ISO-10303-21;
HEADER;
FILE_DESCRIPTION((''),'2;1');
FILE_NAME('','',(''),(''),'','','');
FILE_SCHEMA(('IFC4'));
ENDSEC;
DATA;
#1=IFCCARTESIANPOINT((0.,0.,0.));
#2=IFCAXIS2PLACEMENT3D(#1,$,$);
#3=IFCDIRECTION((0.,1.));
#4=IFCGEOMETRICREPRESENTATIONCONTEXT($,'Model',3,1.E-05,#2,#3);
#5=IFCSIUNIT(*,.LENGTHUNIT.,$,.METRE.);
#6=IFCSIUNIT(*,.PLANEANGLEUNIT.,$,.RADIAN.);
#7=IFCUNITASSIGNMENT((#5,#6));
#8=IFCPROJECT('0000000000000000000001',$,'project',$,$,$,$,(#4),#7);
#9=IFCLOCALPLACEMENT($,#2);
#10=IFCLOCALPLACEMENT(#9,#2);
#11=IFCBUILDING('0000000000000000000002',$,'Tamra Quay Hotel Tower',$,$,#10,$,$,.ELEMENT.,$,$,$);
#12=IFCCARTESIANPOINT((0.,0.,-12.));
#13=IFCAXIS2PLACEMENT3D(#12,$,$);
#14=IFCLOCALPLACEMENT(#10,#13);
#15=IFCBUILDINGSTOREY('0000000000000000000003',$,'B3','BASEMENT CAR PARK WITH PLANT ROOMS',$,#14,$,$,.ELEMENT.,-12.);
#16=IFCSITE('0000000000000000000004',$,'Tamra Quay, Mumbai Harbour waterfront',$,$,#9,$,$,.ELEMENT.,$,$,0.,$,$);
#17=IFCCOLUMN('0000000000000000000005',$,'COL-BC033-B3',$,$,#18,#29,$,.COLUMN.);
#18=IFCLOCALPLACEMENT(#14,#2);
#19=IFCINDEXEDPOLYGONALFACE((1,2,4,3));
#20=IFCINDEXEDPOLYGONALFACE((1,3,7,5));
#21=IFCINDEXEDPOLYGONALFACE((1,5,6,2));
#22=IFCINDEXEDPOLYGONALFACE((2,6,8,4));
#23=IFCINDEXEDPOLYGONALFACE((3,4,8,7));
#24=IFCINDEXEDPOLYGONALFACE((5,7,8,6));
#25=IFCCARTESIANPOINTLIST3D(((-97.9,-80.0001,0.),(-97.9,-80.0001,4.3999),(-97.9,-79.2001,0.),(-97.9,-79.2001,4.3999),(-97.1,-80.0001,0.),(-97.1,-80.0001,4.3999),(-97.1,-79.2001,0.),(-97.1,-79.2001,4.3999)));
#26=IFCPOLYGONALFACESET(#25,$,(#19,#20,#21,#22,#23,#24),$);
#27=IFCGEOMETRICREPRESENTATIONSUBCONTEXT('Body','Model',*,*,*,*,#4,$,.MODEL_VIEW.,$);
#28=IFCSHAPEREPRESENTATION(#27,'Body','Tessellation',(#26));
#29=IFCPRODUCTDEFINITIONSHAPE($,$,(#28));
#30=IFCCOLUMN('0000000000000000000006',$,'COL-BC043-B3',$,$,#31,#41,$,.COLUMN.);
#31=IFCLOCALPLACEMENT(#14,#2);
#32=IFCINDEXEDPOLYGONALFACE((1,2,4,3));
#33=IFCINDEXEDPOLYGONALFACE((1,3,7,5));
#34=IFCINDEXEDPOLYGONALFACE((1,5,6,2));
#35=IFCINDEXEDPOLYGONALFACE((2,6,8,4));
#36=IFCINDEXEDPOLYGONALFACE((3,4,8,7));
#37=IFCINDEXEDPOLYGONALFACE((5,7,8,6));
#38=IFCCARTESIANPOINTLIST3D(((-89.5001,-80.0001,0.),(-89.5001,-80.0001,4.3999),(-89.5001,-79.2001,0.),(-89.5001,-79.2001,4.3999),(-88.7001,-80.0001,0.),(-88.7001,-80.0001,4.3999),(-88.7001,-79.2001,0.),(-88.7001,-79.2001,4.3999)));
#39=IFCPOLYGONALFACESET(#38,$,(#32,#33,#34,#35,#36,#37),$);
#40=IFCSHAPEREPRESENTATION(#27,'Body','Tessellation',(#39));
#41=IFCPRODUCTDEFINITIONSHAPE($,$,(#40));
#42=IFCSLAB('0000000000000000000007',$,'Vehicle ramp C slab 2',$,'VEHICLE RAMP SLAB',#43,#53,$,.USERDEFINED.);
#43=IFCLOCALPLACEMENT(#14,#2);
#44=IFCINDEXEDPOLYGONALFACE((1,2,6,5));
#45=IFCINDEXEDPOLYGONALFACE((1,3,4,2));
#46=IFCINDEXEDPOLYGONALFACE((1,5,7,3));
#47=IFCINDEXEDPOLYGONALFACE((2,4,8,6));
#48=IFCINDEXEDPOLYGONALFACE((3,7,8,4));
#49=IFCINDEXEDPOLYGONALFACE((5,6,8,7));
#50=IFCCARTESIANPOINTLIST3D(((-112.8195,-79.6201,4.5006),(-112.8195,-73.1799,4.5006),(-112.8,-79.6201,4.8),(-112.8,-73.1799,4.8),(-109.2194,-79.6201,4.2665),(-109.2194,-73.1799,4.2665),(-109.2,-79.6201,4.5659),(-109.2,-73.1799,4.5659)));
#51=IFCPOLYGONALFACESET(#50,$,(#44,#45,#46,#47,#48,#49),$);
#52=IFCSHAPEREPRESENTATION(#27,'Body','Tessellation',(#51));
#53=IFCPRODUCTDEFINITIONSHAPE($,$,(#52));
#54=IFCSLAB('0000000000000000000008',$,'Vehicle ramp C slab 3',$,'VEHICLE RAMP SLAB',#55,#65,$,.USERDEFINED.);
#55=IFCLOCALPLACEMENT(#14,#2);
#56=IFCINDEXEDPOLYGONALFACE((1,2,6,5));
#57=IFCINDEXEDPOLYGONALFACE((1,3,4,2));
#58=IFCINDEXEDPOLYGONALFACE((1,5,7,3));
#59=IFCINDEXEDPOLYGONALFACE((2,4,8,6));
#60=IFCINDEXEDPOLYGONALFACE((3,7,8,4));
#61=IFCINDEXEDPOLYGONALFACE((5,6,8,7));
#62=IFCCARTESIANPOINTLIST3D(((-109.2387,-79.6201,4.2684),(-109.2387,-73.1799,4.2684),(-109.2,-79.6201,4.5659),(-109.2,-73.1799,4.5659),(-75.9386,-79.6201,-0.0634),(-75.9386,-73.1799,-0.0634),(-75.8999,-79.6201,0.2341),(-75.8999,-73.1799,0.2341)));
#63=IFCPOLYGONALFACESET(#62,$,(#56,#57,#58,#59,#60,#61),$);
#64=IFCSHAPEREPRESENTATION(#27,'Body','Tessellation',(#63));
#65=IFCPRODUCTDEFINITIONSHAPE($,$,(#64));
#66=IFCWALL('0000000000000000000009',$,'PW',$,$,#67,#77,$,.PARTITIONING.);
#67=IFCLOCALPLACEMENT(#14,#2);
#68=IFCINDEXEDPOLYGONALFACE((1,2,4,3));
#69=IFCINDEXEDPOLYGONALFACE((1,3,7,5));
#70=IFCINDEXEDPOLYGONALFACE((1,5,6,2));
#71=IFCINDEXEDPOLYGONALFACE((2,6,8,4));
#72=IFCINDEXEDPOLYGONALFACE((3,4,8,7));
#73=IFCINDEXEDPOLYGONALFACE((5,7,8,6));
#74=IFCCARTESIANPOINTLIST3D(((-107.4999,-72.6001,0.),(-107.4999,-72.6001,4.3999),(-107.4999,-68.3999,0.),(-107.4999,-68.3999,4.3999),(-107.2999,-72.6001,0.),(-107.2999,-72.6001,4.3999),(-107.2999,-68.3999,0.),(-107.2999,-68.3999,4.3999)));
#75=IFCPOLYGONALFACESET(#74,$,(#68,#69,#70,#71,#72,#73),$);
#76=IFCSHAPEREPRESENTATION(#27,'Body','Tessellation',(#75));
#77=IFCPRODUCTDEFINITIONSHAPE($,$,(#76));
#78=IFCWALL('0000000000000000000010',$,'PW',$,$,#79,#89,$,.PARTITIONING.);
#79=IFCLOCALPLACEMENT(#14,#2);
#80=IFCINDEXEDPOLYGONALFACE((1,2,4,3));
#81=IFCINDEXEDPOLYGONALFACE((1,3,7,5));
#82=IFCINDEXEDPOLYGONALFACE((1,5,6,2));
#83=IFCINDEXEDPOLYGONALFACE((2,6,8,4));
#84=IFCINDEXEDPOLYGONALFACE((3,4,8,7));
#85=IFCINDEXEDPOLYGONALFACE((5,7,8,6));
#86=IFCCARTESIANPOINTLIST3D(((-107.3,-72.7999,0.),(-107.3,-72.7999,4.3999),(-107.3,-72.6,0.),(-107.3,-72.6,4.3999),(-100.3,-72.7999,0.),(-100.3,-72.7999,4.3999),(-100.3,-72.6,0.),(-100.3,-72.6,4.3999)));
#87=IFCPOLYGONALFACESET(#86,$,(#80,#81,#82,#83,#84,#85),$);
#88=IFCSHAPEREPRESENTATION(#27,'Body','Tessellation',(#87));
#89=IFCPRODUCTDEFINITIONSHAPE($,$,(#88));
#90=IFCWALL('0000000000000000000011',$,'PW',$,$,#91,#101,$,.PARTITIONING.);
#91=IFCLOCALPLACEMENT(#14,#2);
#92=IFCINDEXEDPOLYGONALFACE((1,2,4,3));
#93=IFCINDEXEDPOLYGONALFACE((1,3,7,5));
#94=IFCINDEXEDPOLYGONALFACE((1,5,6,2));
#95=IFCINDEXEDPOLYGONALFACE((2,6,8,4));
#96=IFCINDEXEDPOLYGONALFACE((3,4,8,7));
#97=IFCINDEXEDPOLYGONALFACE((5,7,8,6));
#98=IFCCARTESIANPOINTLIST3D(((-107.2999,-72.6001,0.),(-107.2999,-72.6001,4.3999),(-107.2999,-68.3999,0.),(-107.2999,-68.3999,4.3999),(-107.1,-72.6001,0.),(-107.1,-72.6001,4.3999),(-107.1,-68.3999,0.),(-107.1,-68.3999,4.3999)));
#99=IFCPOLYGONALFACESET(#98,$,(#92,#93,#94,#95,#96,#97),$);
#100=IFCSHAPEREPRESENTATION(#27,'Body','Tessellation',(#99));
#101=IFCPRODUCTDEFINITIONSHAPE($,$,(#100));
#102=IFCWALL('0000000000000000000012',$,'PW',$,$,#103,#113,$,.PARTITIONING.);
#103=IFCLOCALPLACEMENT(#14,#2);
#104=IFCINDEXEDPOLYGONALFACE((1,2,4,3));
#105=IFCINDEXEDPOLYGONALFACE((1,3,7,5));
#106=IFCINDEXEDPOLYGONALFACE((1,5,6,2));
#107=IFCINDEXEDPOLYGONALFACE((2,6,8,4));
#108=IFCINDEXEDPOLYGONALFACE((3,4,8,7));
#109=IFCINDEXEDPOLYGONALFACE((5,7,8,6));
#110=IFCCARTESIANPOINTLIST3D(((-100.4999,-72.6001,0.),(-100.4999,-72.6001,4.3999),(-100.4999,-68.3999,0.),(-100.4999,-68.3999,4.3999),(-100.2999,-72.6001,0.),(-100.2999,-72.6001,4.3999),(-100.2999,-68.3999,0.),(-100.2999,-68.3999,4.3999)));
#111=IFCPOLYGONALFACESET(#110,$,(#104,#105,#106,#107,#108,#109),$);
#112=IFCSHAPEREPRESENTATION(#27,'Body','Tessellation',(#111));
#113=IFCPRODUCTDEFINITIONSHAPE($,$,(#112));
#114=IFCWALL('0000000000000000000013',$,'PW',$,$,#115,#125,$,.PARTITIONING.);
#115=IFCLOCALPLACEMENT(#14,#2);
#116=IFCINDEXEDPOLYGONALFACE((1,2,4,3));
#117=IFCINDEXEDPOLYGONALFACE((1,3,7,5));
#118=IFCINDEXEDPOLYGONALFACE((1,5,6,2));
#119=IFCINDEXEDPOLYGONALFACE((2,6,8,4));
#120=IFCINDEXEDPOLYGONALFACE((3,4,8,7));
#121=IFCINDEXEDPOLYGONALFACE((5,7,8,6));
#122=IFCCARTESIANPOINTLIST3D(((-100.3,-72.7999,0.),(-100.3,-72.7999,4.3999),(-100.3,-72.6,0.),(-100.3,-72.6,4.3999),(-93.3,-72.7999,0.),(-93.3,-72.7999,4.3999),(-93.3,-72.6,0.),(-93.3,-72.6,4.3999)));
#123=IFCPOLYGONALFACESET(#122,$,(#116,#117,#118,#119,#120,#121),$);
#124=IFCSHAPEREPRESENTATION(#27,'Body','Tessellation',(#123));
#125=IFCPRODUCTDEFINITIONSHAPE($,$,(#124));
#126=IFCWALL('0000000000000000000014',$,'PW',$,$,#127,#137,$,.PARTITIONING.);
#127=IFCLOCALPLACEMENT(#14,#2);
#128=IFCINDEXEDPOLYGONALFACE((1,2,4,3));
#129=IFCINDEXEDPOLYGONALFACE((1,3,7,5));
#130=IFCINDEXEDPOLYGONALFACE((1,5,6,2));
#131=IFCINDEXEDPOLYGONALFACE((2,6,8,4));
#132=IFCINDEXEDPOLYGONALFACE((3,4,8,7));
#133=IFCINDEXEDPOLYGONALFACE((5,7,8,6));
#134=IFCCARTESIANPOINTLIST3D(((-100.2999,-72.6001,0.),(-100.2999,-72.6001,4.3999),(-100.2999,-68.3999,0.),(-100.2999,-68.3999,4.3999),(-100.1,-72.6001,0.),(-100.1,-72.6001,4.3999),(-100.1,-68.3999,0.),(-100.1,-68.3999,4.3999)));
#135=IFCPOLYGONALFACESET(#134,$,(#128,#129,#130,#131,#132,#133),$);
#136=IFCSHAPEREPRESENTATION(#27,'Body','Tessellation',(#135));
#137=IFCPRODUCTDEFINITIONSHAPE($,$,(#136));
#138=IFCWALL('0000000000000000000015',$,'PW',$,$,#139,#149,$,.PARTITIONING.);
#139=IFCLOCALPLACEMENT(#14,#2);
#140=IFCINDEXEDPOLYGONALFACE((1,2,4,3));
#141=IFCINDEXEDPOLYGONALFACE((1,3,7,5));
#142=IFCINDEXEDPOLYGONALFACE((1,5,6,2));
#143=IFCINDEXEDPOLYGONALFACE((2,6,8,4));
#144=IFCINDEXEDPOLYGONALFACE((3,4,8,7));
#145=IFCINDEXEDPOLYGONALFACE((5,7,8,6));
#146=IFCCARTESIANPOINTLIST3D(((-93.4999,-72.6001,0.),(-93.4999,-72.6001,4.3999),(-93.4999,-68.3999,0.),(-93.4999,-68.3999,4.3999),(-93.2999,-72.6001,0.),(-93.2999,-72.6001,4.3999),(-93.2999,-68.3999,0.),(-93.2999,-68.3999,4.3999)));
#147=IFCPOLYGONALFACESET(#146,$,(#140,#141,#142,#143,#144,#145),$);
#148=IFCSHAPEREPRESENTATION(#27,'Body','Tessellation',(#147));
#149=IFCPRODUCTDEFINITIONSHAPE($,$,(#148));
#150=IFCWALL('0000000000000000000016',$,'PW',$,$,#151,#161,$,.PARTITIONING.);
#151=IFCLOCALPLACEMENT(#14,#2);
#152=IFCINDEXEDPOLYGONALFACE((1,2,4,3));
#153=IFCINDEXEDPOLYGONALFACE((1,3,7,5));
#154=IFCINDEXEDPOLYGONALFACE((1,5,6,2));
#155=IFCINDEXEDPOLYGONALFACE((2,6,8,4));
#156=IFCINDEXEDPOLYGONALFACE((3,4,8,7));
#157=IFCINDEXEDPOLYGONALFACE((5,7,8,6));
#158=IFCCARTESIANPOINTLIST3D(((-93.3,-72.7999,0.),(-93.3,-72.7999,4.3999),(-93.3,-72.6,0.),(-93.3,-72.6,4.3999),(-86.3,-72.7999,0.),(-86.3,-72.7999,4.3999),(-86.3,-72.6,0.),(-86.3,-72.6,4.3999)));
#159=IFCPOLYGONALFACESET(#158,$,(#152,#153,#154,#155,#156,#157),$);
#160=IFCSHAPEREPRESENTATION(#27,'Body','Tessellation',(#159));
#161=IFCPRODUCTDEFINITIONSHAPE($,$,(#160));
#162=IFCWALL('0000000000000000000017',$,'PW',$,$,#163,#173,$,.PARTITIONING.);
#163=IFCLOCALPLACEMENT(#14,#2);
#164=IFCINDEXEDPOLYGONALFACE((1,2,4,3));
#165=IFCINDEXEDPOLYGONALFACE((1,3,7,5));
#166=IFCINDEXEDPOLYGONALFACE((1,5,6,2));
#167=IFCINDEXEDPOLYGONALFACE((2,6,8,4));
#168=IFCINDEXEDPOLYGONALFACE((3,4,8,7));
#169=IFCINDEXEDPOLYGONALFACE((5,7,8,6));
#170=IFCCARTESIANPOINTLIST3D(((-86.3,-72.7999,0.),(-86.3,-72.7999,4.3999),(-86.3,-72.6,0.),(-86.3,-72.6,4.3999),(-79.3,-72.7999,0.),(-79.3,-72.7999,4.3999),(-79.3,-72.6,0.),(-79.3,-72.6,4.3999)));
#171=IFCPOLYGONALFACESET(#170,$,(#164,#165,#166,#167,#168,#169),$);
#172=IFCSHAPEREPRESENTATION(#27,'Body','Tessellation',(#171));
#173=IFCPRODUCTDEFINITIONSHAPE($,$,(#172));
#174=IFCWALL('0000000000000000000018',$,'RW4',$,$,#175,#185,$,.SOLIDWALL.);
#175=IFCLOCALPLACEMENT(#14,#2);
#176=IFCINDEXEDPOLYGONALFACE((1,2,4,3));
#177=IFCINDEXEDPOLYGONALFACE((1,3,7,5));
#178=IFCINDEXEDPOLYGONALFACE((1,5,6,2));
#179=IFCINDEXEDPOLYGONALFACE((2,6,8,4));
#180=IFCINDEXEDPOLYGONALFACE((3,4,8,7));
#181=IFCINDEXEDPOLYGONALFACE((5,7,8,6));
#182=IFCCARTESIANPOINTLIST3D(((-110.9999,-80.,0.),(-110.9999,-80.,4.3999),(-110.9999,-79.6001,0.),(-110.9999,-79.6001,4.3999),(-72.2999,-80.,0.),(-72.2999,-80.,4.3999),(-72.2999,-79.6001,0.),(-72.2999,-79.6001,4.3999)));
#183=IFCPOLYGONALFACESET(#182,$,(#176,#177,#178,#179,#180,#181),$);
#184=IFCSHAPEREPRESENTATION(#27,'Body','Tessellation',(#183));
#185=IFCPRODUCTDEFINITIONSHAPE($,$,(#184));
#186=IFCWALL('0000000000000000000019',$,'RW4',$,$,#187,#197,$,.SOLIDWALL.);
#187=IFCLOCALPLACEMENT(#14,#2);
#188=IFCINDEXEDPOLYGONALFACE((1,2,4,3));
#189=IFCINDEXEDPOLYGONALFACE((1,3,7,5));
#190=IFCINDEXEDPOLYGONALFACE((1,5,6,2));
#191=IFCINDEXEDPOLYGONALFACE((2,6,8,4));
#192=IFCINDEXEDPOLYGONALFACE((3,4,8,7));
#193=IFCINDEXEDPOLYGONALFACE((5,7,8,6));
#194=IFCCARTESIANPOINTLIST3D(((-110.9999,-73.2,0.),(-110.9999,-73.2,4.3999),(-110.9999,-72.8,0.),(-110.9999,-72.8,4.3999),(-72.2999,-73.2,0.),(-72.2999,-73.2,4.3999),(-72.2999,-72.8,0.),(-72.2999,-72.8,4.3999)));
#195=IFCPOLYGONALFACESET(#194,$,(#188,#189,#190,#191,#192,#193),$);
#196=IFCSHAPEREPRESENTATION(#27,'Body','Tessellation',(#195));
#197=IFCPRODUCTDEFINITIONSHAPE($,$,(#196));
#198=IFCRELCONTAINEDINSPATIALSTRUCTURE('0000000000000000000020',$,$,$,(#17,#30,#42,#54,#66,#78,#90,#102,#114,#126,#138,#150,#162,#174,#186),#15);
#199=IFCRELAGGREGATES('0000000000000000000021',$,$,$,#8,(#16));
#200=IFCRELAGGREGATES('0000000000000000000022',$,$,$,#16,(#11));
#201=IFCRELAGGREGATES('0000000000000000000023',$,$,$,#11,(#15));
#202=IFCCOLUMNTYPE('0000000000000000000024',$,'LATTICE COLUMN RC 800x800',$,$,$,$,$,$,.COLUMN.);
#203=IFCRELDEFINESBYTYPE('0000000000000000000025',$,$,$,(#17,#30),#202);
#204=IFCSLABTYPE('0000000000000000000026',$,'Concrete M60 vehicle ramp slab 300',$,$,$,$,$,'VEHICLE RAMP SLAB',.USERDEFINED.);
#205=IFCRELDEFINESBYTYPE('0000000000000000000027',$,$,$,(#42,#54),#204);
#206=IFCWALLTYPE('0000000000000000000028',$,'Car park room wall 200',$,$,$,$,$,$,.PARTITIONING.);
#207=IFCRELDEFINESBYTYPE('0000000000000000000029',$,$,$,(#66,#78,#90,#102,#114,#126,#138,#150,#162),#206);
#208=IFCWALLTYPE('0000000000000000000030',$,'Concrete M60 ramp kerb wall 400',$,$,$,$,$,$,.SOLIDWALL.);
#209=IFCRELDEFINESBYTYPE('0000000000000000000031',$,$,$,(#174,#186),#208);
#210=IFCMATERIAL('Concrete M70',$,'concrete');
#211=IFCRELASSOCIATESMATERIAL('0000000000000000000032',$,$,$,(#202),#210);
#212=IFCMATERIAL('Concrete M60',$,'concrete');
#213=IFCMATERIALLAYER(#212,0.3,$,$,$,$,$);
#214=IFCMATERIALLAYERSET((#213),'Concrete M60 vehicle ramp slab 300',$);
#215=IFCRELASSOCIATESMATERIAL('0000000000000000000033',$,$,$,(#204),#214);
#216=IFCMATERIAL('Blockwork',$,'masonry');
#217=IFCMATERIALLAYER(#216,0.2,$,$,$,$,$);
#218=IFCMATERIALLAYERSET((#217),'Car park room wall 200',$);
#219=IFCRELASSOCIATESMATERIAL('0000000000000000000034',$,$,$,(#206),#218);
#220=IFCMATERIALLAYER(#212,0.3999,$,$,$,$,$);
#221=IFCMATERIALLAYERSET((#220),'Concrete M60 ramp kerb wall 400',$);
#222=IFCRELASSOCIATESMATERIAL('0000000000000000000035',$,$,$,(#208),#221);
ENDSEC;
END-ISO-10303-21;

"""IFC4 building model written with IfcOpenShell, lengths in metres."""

from ifc_helpers import new_model, si_unit, direction, frame, frame_2d, origin, origin_2d, place, context, subcontext, project, spatial, polyline, rectangle, outline, extrude, material, layer, layer_set, material_profile, profile_set, type_object, element, save


model = new_model("IFC4")

# Units and contexts
model_context = context("Model", 3, precision=1e-05, world=origin(), true_north=direction((0.0, 1.0)))
body_context = subcontext(model_context, "Body", "Model", "MODEL_VIEW")
ifc_project = project(units=[si_unit("LENGTHUNIT", "METRE"), si_unit("PLANEANGLEUNIT", "RADIAN")], contexts=[model_context])

# Site, building, storey
site_placement = place(None, origin())
site = spatial("IfcSite", under=ifc_project, at=site_placement, Name="Tamra Quay, Mumbai Harbour waterfront", CompositionType="ELEMENT", RefElevation=0.0)
building_placement = place(site_placement, origin())
building = spatial("IfcBuilding", under=site, at=building_placement, Name="Tamra Quay Hotel Tower", CompositionType="ELEMENT")
storey_placement = place(building_placement, frame((0.0, 0.0, -12.0)))
storey = spatial("IfcBuildingStorey", under=building, at=storey_placement, Name="B3", Description="BASEMENT CAR PARK WITH PLANT ROOMS", CompositionType="ELEMENT", Elevation=-12.0)

# Columns
ifc_material_1 = material(Name="Concrete M70", Category="concrete")
ifc_material_profile_1 = material_profile(ifc_material_1, rectangle(XDim=0.8, YDim=0.8, at=origin_2d()), Name="LATTICE COLUMN RC 800x800")
ifc_profile_set_1 = profile_set([ifc_material_profile_1], Name="Concrete M70")
column_type = type_object("IfcColumnType", Name="LATTICE COLUMN RC 800x800", PredefinedType="COLUMN", material=ifc_profile_set_1)
for number, where, z_axis, x_axis, name in (
    (1, (-97.5, -79.6001, 0.0), (0.0, 0.0, 1.0), (1.0, 0.0, 0.0), "COL-BC033-B3"),
    (2, (-89.1001, -79.6001, 0.0), (0.0, 0.0, 1.0), (1.0, 0.0, 0.0), "COL-BC043-B3"),
):
    element("IfcColumn", number, at=place(storey_placement, frame(where, z_axis=z_axis, x_axis=x_axis)), inside=storey, type_object=column_type, Name=name, PredefinedType="COLUMN", context=body_context, shape_type="SweptSolid", body=[
        extrude(rectangle(XDim=0.8, YDim=0.8, at=origin_2d()), origin(), (0.0, 0.0, 1.0), 4.3999),
    ])

# Slabs
ifc_material_2 = material(Name="Concrete M60", Category="concrete")
ifc_layer_1 = layer(ifc_material_2, 0.3)
ifc_layer_set_1 = layer_set([ifc_layer_1], Name="Concrete M60 vehicle ramp slab 300")
slab_type = type_object("IfcSlabType", Name="Concrete M60 vehicle ramp slab 300", ElementType="VEHICLE RAMP SLAB", PredefinedType="USERDEFINED", material=ifc_layer_set_1)
slab_1_placement = place(storey_placement, frame((-112.8, -79.6201, 4.8), z_axis=(0.064897, 0.0, 0.997892), x_axis=(0.997892, 0.0, -0.064897)))
element("IfcSlab", 3, at=slab_1_placement, inside=storey, type_object=slab_type, Name="Vehicle ramp C slab 2", ObjectType="VEHICLE RAMP SLAB", PredefinedType="USERDEFINED", context=body_context, shape_type="SweptSolid", body=[
    extrude(outline(polyline([(0.0, 0.0), (3.6077, 0.0), (3.6077, 6.4402), (0.0, 6.4402), (0.0, 0.0)])), origin(), (0.0, 0.0, -1.0), 0.3),
])
slab_2_placement = place(storey_placement, frame((-109.2, -79.6201, 4.5659), z_axis=(0.128997, 0.0, 0.991645), x_axis=(0.991645, 0.0, -0.128997)))
element("IfcSlab", 4, at=slab_2_placement, inside=storey, type_object=slab_type, Name="Vehicle ramp C slab 3", ObjectType="VEHICLE RAMP SLAB", PredefinedType="USERDEFINED", context=body_context, shape_type="SweptSolid", body=[
    extrude(outline(polyline([(0.0, 0.0), (33.5806, 0.0), (33.5806, 6.4402), (0.0, 6.4402), (0.0, 0.0)])), origin(), (0.0, 0.0, -1.0), 0.3),
])

# Walls
ifc_material_3 = material(Name="Blockwork", Category="masonry")
ifc_layer_2 = layer(ifc_material_3, 0.2)
ifc_layer_set_2 = layer_set([ifc_layer_2], Name="Car park room wall 200")
wall_type_1 = type_object("IfcWallType", Name="Car park room wall 200", PredefinedType="PARTITIONING", material=ifc_layer_set_2)
wall_1_placement = place(storey_placement, frame((-107.3999, -72.6001, 0.0), z_axis=(0.0, 0.0, 1.0), x_axis=(0.0, 1.0, 0.0)))
element("IfcWall", 5, at=wall_1_placement, inside=storey, type_object=wall_type_1, Name="PW", PredefinedType="PARTITIONING", context=body_context, shape_type="SweptSolid", body=[
    extrude(rectangle(XDim=4.2002, YDim=0.2, at=frame_2d((2.1001, 0.0))), origin(), (0.0, 0.0, 1.0), 4.3999),
])
wall_2_placement = place(storey_placement, frame((-107.3, -72.7, 0.0), z_axis=(0.0, 0.0, 1.0), x_axis=(1.0, 0.0, 0.0)))
element("IfcWall", 6, at=wall_2_placement, inside=storey, type_object=wall_type_1, Name="PW", PredefinedType="PARTITIONING", context=body_context, shape_type="SweptSolid", body=[
    extrude(rectangle(XDim=7.0, YDim=0.2, at=frame_2d((3.5, 0.0))), origin(), (0.0, 0.0, 1.0), 4.3999),
])
for number, where, z_axis, x_axis, name in (
    (7, (-107.2, -72.6001, 0.0), (0.0, 0.0, 1.0), (0.0, 1.0, 0.0), "PW"),
    (8, (-100.3999, -72.6001, 0.0), (0.0, 0.0, 1.0), (0.0, 1.0, 0.0), "PW"),
):
    element("IfcWall", number, at=place(storey_placement, frame(where, z_axis=z_axis, x_axis=x_axis)), inside=storey, type_object=wall_type_1, Name=name, PredefinedType="PARTITIONING", context=body_context, shape_type="SweptSolid", body=[
        extrude(rectangle(XDim=4.2002, YDim=0.2, at=frame_2d((2.1001, 0.0))), origin(), (0.0, 0.0, 1.0), 4.3999),
    ])
wall_3_placement = place(storey_placement, frame((-100.3, -72.7, 0.0), z_axis=(0.0, 0.0, 1.0), x_axis=(1.0, 0.0, 0.0)))
element("IfcWall", 9, at=wall_3_placement, inside=storey, type_object=wall_type_1, Name="PW", PredefinedType="PARTITIONING", context=body_context, shape_type="SweptSolid", body=[
    extrude(rectangle(XDim=7.0, YDim=0.2, at=frame_2d((3.5, 0.0))), origin(), (0.0, 0.0, 1.0), 4.3999),
])
for number, where, z_axis, x_axis, name in (
    (10, (-100.2, -72.6001, 0.0), (0.0, 0.0, 1.0), (0.0, 1.0, 0.0), "PW"),
    (11, (-93.3999, -72.6001, 0.0), (0.0, 0.0, 1.0), (0.0, 1.0, 0.0), "PW"),
):
    element("IfcWall", number, at=place(storey_placement, frame(where, z_axis=z_axis, x_axis=x_axis)), inside=storey, type_object=wall_type_1, Name=name, PredefinedType="PARTITIONING", context=body_context, shape_type="SweptSolid", body=[
        extrude(rectangle(XDim=4.2002, YDim=0.2, at=frame_2d((2.1001, 0.0))), origin(), (0.0, 0.0, 1.0), 4.3999),
    ])
for number, where, z_axis, x_axis, name in (
    (12, (-93.3, -72.7, 0.0), (0.0, 0.0, 1.0), (1.0, 0.0, 0.0), "PW"),
    (13, (-86.3, -72.7, 0.0), (0.0, 0.0, 1.0), (1.0, 0.0, 0.0), "PW"),
):
    element("IfcWall", number, at=place(storey_placement, frame(where, z_axis=z_axis, x_axis=x_axis)), inside=storey, type_object=wall_type_1, Name=name, PredefinedType="PARTITIONING", context=body_context, shape_type="SweptSolid", body=[
        extrude(rectangle(XDim=7.0, YDim=0.2, at=frame_2d((3.5, 0.0))), origin(), (0.0, 0.0, 1.0), 4.3999),
    ])
ifc_layer_3 = layer(ifc_material_2, 0.3999)
ifc_layer_set_3 = layer_set([ifc_layer_3], Name="Concrete M60 ramp kerb wall 400")
wall_type_2 = type_object("IfcWallType", Name="Concrete M60 ramp kerb wall 400", PredefinedType="SOLIDWALL", material=ifc_layer_set_3)
for number, where, z_axis, x_axis, name in (
    (14, (-111.0, -79.8, 0.0), (0.0, 0.0, 1.0), (1.0, 0.0, 0.0), "RW4"),
    (15, (-111.0, -73.0, 0.0), (0.0, 0.0, 1.0), (1.0, 0.0, 0.0), "RW4"),
):
    element("IfcWall", number, at=place(storey_placement, frame(where, z_axis=z_axis, x_axis=x_axis)), inside=storey, type_object=wall_type_2, Name=name, PredefinedType="SOLIDWALL", context=body_context, shape_type="SweptSolid", body=[
        extrude(rectangle(XDim=38.7, YDim=0.3999, at=frame_2d((19.3501, 0.0))), origin(), (0.0, 0.0, 1.0), 4.3999),
    ])

save(model, "model.ifc")
